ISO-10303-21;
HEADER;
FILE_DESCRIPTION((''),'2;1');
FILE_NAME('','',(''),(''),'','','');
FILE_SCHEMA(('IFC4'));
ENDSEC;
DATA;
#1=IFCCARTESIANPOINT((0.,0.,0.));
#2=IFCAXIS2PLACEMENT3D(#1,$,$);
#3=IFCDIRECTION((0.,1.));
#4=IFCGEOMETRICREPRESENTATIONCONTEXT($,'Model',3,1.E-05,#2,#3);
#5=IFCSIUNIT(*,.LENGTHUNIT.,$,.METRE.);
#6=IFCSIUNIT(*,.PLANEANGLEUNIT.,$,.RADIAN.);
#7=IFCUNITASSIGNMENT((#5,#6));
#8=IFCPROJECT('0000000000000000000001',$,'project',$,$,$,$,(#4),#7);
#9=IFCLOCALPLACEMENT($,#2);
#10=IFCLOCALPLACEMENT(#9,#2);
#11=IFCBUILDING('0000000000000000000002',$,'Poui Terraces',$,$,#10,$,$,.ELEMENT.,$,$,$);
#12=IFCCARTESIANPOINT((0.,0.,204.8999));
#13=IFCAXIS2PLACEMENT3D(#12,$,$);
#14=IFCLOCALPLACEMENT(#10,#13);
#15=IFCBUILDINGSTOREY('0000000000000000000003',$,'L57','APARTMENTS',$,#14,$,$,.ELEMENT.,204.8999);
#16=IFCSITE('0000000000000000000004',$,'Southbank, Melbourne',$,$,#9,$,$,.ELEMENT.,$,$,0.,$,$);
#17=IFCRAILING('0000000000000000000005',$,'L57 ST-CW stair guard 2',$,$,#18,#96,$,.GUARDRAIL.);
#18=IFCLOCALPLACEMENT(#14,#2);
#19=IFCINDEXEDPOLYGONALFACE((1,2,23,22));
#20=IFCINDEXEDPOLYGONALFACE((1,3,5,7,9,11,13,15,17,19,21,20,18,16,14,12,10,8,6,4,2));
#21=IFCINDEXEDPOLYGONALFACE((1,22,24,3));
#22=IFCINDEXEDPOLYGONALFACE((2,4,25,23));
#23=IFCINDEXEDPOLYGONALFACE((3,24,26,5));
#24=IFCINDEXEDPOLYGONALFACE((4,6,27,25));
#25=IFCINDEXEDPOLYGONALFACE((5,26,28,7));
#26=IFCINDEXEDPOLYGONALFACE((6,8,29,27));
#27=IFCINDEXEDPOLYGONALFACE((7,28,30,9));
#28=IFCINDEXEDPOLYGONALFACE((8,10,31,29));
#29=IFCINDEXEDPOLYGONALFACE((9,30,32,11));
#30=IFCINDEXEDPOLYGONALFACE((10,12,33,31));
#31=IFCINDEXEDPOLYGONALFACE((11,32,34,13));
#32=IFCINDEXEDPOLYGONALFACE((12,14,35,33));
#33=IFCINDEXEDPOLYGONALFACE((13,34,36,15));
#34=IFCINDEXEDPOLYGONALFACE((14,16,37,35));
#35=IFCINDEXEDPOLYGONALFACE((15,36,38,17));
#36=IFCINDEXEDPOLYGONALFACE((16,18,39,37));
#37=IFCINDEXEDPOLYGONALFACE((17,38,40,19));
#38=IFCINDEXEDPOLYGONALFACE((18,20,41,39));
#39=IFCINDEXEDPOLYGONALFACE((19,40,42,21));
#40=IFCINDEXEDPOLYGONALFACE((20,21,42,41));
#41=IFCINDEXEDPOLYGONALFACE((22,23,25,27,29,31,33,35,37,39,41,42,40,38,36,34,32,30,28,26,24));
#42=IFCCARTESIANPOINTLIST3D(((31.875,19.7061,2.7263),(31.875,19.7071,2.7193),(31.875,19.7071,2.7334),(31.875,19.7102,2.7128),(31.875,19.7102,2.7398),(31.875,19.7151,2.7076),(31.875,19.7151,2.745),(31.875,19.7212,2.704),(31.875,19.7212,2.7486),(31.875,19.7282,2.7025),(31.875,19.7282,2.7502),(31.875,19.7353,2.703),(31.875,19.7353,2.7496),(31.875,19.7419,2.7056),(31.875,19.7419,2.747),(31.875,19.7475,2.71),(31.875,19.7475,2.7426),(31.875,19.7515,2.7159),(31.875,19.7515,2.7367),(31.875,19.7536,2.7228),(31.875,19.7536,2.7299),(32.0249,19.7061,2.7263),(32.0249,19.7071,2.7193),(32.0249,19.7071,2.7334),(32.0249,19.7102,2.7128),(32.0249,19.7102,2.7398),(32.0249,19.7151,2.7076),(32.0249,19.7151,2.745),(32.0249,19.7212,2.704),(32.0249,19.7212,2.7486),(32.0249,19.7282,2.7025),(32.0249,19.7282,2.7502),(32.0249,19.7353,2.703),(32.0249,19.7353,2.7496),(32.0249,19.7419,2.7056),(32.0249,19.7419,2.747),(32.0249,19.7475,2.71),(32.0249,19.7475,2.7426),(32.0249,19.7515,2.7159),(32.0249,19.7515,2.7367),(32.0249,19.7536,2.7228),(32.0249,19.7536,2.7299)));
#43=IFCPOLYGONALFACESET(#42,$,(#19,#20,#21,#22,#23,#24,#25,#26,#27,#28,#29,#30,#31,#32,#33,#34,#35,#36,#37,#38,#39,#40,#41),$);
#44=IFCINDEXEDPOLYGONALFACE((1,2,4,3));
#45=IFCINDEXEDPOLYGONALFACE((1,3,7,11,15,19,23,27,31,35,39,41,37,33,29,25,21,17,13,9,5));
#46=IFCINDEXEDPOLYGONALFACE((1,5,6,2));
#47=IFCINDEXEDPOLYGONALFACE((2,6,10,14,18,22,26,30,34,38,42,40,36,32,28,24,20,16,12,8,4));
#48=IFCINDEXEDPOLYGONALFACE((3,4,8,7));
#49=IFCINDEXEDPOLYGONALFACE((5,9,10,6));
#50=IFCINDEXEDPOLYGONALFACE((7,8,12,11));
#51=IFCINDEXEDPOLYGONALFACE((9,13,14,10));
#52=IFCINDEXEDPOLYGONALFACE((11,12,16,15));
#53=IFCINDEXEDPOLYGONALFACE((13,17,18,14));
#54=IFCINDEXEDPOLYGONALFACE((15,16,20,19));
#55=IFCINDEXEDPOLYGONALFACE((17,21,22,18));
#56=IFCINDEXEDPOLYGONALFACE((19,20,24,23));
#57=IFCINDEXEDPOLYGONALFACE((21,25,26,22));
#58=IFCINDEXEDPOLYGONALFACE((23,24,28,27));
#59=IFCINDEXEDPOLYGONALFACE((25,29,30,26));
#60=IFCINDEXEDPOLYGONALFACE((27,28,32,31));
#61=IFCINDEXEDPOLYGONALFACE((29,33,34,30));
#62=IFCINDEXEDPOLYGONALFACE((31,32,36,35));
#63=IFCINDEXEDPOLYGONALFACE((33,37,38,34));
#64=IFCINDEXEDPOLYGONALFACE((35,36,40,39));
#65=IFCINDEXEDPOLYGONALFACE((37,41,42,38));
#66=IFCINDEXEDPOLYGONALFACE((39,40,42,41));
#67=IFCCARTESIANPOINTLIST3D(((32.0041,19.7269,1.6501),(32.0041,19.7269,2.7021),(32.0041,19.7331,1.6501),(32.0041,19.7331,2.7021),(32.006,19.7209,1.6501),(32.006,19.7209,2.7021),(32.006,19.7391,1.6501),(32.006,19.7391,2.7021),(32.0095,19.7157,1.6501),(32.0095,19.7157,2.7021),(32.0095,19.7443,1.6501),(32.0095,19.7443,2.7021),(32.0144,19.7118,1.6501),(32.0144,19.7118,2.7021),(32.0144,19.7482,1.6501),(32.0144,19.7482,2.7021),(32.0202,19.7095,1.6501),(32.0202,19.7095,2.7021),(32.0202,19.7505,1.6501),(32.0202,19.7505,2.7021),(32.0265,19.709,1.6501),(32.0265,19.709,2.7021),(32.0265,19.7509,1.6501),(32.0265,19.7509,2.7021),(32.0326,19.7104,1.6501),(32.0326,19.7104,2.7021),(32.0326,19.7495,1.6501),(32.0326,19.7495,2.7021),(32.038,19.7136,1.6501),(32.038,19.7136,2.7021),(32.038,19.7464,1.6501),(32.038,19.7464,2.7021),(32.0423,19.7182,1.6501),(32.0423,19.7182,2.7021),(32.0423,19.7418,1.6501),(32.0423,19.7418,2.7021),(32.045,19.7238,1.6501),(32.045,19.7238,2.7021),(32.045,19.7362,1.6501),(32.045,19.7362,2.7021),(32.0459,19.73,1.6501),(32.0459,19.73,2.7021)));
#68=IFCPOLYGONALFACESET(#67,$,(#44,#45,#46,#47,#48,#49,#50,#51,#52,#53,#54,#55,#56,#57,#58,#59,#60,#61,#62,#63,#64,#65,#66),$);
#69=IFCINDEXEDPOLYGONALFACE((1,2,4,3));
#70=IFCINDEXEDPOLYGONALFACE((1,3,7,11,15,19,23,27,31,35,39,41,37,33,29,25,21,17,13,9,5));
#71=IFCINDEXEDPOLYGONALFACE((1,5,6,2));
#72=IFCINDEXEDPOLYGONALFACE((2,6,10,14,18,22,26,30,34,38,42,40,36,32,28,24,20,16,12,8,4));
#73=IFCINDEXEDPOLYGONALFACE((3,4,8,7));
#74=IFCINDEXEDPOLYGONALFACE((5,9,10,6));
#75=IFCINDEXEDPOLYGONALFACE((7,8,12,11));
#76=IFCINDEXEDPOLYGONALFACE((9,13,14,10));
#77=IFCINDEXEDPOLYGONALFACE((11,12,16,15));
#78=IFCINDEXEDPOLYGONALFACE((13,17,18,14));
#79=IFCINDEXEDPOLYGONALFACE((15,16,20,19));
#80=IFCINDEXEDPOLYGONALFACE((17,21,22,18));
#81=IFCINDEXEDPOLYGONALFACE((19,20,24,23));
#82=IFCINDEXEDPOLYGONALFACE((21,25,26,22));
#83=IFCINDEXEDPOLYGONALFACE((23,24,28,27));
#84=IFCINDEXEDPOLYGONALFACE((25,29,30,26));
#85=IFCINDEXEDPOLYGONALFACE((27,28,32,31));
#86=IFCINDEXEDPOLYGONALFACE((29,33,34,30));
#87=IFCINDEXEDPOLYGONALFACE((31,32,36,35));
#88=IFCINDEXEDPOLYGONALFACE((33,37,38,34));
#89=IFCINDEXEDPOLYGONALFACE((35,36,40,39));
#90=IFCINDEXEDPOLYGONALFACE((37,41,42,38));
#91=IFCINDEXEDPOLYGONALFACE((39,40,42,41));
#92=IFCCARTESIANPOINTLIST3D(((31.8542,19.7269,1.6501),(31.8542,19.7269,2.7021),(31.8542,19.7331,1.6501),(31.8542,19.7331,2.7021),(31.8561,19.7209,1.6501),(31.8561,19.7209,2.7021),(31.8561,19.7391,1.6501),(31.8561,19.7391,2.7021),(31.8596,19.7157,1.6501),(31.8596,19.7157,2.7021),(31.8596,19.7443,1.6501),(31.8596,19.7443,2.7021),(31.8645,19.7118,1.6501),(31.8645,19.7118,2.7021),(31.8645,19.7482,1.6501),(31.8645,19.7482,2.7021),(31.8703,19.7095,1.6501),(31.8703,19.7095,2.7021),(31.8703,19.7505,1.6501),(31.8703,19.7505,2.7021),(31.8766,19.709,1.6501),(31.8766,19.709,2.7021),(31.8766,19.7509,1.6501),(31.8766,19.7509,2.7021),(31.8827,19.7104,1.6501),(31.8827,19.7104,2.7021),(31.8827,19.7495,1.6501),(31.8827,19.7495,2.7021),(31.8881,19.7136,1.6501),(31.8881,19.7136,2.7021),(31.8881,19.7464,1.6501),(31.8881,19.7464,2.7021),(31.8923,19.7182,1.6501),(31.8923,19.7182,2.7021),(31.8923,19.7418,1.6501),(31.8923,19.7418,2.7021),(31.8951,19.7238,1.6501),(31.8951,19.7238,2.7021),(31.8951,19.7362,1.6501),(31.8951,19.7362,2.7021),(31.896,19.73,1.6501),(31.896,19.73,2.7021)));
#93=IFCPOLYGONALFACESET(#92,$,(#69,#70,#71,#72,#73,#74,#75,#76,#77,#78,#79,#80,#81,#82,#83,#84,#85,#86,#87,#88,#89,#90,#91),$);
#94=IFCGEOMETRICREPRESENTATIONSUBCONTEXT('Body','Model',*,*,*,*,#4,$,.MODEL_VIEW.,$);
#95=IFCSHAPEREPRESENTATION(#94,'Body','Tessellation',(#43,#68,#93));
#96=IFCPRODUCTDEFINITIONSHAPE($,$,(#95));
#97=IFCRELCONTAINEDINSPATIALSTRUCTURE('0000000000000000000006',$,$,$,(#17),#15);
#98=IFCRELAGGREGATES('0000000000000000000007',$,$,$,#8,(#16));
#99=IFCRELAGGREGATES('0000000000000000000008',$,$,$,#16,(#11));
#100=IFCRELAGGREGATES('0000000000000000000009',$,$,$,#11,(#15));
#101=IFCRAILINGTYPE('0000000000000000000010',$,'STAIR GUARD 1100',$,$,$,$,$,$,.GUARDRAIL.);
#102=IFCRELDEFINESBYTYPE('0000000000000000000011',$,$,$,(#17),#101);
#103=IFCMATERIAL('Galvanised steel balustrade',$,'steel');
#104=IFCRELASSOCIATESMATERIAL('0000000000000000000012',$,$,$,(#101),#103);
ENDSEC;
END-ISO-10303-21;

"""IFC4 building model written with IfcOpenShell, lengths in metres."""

from ifc_helpers import new_model, si_unit, direction, frame, origin, origin_2d, place, context, subcontext, project, spatial, circle, extrude, material, type_object, element, save


model = new_model("IFC4")

# Units and contexts
model_context = context("Model", 3, precision=1e-05, world=origin(), true_north=direction((0.0, 1.0)))
body_context = subcontext(model_context, "Body", "Model", "MODEL_VIEW")
ifc_project = project(units=[si_unit("LENGTHUNIT", "METRE"), si_unit("PLANEANGLEUNIT", "RADIAN")], contexts=[model_context])

# Site, building, storey
site_placement = place(None, origin())
site = spatial("IfcSite", under=ifc_project, at=site_placement, Name="Southbank, Melbourne", CompositionType="ELEMENT", RefElevation=0.0)
building_placement = place(site_placement, origin())
building = spatial("IfcBuilding", under=site, at=building_placement, Name="Poui Terraces", CompositionType="ELEMENT")
storey_placement = place(building_placement, frame((0.0, 0.0, 204.8999)))
storey = spatial("IfcBuildingStorey", under=building, at=storey_placement, Name="L57", Description="APARTMENTS", CompositionType="ELEMENT", Elevation=204.8999)

# Railing
ifc_material_1 = material(Name="Galvanised steel balustrade", Category="steel")
railing_type_1 = type_object("IfcRailingType", Name="STAIR GUARD 1100", PredefinedType="GUARDRAIL", material=ifc_material_1)
railing_1_placement = place(storey_placement, frame((32.0249, 19.73, 1.6501)))
element("IfcRailing", 1, at=railing_1_placement, inside=storey, type_object=railing_type_1, Name="L57 ST-CW stair guard 2", PredefinedType="GUARDRAIL", context=body_context, shape_type="SweptSolid", body=[
    extrude(circle(Radius=0.0239, at=origin_2d()), frame((0.0, 0.0, 1.0762), z_axis=(-1.0, 0.0, 0.0), x_axis=(0.0, -1.0, 0.0)), (0.0, 0.0, 1.0), 0.1499),
    extrude(circle(Radius=0.021, at=origin_2d()), origin(), (0.0, 0.0, 1.0), 1.052),
    extrude(circle(Radius=0.021, at=origin_2d()), frame((-0.1499, 0.0, 0.0)), (0.0, 0.0, 1.0), 1.052),
])

save(model, "model.ifc")
